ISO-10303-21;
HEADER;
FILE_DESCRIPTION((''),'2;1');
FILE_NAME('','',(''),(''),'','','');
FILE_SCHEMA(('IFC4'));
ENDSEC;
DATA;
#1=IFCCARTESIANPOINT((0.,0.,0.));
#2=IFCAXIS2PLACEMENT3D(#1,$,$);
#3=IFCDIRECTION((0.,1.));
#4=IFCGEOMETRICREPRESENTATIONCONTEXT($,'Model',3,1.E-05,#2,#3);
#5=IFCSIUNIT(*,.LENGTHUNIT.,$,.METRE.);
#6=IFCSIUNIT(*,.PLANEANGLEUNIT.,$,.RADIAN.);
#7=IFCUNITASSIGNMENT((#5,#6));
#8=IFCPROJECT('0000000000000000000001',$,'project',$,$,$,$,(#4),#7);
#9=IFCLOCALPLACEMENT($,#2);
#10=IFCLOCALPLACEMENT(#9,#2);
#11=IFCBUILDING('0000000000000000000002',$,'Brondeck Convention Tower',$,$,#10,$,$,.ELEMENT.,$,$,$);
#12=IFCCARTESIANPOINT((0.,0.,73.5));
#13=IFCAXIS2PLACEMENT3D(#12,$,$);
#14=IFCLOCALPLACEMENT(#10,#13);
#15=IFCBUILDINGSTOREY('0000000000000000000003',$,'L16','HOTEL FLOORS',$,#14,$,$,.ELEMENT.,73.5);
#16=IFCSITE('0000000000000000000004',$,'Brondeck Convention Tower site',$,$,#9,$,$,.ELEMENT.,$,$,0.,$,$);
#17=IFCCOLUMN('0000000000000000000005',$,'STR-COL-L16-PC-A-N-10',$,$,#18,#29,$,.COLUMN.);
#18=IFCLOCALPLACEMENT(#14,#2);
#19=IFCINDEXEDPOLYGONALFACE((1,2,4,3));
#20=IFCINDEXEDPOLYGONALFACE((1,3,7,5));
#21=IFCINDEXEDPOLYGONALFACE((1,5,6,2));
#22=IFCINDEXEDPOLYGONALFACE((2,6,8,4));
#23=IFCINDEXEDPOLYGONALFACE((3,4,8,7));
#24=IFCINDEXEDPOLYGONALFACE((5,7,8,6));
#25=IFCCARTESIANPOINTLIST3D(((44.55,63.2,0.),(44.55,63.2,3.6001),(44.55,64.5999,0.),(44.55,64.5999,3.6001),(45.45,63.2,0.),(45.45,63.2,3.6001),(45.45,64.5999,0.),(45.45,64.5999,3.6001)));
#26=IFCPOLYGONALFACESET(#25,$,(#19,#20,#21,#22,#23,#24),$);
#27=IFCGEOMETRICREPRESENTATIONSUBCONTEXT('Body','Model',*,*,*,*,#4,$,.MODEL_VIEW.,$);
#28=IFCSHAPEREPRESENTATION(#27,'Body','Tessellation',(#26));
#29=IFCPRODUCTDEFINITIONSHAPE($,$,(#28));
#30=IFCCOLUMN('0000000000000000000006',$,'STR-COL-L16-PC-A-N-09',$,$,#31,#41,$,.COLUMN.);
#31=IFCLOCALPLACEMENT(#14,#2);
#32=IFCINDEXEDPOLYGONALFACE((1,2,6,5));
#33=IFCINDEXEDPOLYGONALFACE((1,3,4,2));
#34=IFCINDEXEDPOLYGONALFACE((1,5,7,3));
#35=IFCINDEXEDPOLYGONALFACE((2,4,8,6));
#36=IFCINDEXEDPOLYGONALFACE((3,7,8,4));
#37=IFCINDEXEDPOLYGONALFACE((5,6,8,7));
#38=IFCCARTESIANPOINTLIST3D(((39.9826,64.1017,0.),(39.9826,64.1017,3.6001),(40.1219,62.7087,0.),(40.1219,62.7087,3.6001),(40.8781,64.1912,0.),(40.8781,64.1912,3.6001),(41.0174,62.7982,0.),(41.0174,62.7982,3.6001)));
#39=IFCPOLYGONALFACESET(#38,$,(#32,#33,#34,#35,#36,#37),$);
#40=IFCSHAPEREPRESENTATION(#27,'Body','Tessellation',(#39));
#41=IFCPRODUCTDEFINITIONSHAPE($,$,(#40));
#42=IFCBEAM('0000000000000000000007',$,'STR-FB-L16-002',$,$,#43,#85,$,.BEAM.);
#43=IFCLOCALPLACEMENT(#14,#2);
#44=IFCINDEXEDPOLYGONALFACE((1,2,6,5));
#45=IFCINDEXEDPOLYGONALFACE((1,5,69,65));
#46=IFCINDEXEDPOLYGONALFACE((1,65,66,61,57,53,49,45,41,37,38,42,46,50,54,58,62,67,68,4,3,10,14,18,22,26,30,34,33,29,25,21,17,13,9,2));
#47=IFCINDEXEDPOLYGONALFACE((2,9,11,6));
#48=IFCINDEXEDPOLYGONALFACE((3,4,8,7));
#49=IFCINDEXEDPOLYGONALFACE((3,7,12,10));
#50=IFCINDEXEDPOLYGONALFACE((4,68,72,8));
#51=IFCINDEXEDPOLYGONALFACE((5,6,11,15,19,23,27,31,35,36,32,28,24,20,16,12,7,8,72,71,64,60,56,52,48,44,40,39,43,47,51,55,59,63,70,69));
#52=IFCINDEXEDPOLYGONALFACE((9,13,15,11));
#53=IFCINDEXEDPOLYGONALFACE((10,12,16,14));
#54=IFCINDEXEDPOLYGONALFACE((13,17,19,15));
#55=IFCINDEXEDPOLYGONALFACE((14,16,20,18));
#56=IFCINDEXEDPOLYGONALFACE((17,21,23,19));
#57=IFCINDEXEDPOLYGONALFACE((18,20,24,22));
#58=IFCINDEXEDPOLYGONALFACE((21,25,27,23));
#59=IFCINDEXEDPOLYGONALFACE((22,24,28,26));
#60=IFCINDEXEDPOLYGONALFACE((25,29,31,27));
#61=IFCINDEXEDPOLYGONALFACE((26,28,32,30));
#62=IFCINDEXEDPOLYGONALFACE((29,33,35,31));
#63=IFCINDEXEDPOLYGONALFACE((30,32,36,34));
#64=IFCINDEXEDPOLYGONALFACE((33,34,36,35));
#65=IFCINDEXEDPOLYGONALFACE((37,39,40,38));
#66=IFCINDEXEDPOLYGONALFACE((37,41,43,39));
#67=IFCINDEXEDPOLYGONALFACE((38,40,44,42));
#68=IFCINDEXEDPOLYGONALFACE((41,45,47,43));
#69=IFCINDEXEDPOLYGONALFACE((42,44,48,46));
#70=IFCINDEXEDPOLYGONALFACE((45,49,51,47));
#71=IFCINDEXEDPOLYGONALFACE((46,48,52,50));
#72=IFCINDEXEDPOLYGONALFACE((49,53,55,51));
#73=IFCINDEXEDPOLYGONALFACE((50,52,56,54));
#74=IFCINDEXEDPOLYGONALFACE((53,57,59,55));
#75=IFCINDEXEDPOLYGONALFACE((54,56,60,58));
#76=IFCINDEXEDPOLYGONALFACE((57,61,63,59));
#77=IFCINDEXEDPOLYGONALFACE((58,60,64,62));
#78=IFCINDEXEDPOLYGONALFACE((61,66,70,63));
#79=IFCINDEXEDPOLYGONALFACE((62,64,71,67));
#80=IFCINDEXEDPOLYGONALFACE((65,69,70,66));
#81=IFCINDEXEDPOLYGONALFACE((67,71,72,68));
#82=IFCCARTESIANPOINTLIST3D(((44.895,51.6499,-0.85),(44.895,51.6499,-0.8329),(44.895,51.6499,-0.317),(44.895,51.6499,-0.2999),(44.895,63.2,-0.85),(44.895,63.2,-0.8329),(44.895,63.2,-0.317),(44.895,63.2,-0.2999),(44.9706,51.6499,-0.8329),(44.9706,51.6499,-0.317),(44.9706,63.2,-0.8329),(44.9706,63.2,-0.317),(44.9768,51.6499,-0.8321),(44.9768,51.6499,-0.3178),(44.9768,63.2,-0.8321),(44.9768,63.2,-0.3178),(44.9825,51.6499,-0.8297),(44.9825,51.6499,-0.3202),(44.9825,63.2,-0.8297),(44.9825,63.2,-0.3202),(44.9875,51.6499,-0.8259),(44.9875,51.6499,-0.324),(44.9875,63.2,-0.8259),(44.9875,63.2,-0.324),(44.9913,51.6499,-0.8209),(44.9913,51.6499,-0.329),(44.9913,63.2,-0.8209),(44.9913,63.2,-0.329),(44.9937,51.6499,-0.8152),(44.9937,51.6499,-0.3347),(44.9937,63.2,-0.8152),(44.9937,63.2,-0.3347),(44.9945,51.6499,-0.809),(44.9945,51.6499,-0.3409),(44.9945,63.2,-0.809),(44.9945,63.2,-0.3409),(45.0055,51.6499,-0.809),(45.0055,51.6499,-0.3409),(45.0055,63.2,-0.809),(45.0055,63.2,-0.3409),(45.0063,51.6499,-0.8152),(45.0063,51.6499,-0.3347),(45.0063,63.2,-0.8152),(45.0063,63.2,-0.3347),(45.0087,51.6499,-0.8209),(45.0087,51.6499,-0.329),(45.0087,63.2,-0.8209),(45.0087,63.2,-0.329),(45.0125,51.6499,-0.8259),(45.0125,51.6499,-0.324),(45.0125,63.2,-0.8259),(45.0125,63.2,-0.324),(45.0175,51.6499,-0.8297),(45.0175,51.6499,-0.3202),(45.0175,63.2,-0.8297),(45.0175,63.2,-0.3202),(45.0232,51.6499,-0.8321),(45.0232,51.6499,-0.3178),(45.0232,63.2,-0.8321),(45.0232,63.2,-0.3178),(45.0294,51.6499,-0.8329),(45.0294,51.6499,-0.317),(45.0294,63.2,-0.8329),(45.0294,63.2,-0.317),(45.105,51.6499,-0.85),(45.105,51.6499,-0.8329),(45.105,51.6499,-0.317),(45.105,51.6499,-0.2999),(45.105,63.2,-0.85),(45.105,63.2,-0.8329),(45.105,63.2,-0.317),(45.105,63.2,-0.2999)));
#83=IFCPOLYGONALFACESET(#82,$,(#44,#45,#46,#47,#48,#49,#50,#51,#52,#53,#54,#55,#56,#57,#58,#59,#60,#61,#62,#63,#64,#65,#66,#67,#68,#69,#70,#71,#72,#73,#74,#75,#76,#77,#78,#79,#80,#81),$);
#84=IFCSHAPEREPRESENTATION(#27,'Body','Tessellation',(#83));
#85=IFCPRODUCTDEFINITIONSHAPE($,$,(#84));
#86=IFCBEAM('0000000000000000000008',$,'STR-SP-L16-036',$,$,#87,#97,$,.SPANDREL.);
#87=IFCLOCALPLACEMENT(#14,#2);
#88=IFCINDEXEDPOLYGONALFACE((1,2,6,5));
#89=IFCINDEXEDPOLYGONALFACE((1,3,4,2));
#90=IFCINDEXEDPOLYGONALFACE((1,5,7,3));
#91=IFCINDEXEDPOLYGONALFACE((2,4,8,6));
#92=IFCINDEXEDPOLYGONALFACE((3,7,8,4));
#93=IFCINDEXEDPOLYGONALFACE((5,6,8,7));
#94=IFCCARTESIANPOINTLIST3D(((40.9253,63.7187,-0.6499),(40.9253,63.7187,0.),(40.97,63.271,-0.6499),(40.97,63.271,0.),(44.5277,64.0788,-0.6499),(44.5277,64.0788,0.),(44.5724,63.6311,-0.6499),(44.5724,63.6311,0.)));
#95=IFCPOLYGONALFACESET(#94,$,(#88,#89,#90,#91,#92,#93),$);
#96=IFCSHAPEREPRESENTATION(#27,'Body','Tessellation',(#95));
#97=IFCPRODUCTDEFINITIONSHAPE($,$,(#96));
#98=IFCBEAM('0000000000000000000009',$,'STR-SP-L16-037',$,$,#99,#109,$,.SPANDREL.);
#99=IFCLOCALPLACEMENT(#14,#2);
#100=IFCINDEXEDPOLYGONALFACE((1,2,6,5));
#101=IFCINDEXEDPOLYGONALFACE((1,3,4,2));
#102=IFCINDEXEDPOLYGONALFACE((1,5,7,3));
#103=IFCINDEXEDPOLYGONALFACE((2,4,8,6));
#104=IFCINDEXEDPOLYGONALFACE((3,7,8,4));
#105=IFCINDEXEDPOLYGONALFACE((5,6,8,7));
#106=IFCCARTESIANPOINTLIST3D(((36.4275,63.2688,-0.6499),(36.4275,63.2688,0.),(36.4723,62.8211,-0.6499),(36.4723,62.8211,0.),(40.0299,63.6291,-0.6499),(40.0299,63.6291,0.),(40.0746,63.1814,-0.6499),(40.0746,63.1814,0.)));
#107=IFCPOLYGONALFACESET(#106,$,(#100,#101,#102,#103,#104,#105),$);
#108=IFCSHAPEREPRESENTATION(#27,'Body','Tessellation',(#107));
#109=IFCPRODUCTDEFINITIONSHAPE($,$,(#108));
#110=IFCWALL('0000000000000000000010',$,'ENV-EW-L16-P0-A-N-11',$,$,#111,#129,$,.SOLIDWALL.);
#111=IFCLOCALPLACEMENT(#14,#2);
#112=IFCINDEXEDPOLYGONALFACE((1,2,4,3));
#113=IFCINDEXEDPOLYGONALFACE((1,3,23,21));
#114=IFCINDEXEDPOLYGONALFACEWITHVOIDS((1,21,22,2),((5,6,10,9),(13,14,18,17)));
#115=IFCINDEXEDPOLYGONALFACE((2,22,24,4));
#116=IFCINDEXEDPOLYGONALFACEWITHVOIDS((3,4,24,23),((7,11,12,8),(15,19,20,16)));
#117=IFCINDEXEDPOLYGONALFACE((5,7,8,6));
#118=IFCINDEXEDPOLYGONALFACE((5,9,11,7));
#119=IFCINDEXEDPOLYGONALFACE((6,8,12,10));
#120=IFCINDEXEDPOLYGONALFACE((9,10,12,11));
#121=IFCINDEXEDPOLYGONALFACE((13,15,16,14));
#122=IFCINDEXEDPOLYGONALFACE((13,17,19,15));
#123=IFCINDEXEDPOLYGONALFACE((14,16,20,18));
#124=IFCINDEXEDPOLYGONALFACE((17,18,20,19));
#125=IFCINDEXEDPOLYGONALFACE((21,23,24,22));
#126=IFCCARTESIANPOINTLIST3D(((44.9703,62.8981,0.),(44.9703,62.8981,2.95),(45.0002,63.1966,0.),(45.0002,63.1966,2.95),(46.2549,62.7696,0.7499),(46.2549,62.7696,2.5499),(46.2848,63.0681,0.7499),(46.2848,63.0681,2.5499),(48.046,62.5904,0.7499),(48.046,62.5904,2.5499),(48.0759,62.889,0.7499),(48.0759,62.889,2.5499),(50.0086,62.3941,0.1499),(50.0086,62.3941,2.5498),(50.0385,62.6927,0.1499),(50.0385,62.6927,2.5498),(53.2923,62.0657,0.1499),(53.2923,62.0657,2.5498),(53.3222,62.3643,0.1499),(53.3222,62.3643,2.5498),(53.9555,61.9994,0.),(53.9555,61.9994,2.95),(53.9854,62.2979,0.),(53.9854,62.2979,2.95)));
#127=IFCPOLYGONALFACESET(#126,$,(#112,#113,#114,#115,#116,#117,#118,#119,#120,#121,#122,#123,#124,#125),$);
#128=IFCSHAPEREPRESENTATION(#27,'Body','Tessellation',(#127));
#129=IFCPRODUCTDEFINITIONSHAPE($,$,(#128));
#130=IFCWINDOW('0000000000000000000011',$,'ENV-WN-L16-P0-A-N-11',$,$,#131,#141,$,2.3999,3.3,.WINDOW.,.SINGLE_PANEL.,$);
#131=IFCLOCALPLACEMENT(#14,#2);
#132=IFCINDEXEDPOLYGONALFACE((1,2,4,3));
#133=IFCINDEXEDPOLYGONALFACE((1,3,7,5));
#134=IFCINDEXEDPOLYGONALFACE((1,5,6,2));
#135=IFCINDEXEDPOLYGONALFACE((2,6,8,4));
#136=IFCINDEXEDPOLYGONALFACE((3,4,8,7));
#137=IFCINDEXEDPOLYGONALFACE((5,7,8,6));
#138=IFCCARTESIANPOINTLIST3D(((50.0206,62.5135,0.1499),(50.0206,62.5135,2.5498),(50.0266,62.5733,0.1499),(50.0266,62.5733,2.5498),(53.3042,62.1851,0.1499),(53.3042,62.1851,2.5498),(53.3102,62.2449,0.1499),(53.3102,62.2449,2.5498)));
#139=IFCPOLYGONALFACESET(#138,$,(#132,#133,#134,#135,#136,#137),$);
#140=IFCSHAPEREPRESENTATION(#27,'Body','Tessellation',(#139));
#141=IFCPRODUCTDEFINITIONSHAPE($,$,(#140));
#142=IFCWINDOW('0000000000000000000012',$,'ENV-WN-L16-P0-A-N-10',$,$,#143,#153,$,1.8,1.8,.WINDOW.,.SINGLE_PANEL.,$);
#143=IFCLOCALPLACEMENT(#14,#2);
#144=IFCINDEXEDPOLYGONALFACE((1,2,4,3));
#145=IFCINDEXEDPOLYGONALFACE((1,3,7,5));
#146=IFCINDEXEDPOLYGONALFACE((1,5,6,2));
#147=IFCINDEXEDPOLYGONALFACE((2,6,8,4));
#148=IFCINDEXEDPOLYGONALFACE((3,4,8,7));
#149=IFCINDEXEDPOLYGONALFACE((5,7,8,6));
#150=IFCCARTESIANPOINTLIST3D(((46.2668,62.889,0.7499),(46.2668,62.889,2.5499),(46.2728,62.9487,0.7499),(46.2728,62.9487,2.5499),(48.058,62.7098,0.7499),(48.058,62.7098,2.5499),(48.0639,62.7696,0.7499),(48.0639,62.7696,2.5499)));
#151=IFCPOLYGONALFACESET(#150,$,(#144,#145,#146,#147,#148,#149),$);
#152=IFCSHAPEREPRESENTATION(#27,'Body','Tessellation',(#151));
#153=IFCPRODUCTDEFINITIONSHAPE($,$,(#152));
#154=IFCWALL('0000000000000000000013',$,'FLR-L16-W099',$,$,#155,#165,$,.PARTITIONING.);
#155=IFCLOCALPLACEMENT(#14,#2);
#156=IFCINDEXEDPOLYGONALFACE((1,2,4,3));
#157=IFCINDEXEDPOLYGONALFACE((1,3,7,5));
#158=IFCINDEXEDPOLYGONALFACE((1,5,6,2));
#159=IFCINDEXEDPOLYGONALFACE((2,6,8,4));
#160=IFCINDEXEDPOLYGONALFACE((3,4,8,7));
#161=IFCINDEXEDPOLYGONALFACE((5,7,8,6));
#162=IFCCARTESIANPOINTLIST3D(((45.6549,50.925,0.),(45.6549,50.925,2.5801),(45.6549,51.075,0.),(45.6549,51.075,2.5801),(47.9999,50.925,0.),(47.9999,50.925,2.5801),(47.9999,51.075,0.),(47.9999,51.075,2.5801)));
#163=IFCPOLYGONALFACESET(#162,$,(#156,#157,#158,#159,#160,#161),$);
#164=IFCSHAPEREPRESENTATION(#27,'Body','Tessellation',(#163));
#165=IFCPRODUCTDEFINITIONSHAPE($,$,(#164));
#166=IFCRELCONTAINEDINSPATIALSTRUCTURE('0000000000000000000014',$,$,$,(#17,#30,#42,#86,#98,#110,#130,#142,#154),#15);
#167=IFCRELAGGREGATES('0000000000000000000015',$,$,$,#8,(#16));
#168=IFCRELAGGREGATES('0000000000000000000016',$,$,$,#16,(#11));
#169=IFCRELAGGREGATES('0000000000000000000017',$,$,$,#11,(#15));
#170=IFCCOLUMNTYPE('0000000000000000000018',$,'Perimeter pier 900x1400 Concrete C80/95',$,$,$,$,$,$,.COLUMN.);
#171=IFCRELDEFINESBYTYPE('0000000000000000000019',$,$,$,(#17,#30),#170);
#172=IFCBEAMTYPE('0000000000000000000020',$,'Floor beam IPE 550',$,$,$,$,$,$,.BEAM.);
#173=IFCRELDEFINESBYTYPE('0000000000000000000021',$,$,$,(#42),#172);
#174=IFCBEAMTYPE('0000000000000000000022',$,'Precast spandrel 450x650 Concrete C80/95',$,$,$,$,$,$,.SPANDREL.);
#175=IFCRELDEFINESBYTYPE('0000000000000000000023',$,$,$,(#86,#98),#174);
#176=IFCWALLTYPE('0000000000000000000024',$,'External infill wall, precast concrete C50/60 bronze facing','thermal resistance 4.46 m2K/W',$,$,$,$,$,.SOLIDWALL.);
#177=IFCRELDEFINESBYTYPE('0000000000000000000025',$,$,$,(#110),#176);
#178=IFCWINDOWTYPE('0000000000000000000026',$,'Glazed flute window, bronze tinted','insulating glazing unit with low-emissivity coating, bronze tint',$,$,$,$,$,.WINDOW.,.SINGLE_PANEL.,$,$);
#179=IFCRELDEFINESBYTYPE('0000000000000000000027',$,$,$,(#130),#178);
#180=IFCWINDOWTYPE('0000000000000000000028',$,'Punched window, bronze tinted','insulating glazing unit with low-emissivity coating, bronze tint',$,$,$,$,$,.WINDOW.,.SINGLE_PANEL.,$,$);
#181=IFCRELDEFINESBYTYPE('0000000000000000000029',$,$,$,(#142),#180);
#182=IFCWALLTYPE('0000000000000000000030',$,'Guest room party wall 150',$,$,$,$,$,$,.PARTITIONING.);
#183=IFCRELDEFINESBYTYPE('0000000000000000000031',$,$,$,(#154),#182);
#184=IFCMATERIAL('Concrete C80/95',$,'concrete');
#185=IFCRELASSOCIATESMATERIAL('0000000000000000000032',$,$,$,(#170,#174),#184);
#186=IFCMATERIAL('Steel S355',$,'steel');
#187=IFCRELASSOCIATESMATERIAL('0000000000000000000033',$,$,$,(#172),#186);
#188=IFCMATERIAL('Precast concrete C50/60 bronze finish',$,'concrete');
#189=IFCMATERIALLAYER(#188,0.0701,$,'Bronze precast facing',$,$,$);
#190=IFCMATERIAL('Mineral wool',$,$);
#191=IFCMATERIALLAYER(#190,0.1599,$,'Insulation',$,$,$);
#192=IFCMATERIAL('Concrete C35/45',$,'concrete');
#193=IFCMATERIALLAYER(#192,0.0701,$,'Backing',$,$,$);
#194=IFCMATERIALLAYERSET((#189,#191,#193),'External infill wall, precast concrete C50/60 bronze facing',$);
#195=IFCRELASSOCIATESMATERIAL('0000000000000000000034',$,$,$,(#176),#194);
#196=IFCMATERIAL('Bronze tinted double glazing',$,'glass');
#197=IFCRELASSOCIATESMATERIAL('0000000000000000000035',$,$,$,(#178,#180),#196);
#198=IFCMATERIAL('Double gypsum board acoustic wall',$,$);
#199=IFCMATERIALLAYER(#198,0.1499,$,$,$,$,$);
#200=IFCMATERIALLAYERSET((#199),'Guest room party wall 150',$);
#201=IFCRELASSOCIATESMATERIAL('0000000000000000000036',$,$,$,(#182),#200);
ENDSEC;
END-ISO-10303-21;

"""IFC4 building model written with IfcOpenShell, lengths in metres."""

from ifc_helpers import new_model, si_unit, direction, frame, frame_2d, origin, origin_2d, place, context, subcontext, project, spatial, rectangle, i_section, extrude, material, layer, layer_set, material_profile, profile_set, type_object, element, fill, save


model = new_model("IFC4")

# Units and contexts
model_context = context("Model", 3, precision=1e-05, world=origin(), true_north=direction((0.0, 1.0)))
body_context = subcontext(model_context, "Body", "Model", "MODEL_VIEW")
ifc_project = project(units=[si_unit("LENGTHUNIT", "METRE"), si_unit("PLANEANGLEUNIT", "RADIAN")], contexts=[model_context])

# Site, building, storey
site_placement = place(None, origin())
site = spatial("IfcSite", under=ifc_project, at=site_placement, Name="Brondeck Convention Tower site", CompositionType="ELEMENT", RefElevation=0.0)
building_placement = place(site_placement, origin())
building = spatial("IfcBuilding", under=site, at=building_placement, Name="Brondeck Convention Tower", CompositionType="ELEMENT")
storey_placement = place(building_placement, frame((0.0, 0.0, 73.5)))
storey = spatial("IfcBuildingStorey", under=building, at=storey_placement, Name="L16", Description="HOTEL FLOORS", CompositionType="ELEMENT", Elevation=73.5)

# Columns
ifc_material_1 = material(Name="Concrete C80/95", Category="concrete")
ifc_material_profile_1 = material_profile(ifc_material_1, rectangle(XDim=0.8999, YDim=1.3999, at=origin_2d()), Name="Perimeter pier 900x1400 Concrete C80/95")
ifc_profile_set_1 = profile_set([ifc_material_profile_1], Name="Concrete C80/95")
column_type = type_object("IfcColumnType", Name="Perimeter pier 900x1400 Concrete C80/95", PredefinedType="COLUMN", material=ifc_profile_set_1)
for number, where, z_axis, x_axis, name in (
    (1, (45.0, 63.8999, 0.0), (0.0, 0.0, 1.0), (-1.0, 0.0, 0.0), "STR-COL-L16-PC-A-N-10"),
    (2, (40.5, 63.45, 0.0), (0.0, 0.0, 1.0), (-0.995037, -0.099504, 0.0), "STR-COL-L16-PC-A-N-09"),
):
    element("IfcColumn", number, at=place(storey_placement, frame(where, z_axis=z_axis, x_axis=x_axis)), inside=storey, type_object=column_type, Name=name, PredefinedType="COLUMN", context=body_context, shape_type="SweptSolid", body=[
        extrude(rectangle(XDim=0.8999, YDim=1.3999, at=origin_2d()), origin(), (0.0, 0.0, 1.0), 3.6001),
    ])

# Beams
ifc_material_2 = material(Name="Steel S355", Category="steel")
ifc_material_profile_2 = material_profile(ifc_material_2, i_section(OverallWidth=0.21, OverallDepth=0.55, WebThickness=0.011, FlangeThickness=0.0171, FilletRadius=0.0239, at=origin_2d()), Name="IPE 550")
ifc_profile_set_2 = profile_set([ifc_material_profile_2], Name="Steel S355")
beam_type_1 = type_object("IfcBeamType", Name="Floor beam IPE 550", PredefinedType="BEAM", material=ifc_profile_set_2)
beam_placement = place(storey_placement, frame((45.0, 51.6499, -0.575), z_axis=(0.0, 1.0, 0.0), x_axis=(-1.0, 0.0, 0.0)))
element("IfcBeam", 3, at=beam_placement, inside=storey, type_object=beam_type_1, Name="STR-FB-L16-002", PredefinedType="BEAM", context=body_context, shape_type="SweptSolid", body=[
    extrude(i_section(OverallWidth=0.21, OverallDepth=0.55, WebThickness=0.011, FlangeThickness=0.0171, FilletRadius=0.0239, at=origin_2d()), origin(), (0.0, 0.0, 1.0), 11.55),
])
ifc_material_profile_3 = material_profile(ifc_material_1, rectangle(XDim=0.45, YDim=0.6499, at=origin_2d()), Name="Precast spandrel 450x650 Concrete C80/95")
ifc_profile_set_3 = profile_set([ifc_material_profile_3], Name="Concrete C80/95")
beam_type_2 = type_object("IfcBeamType", Name="Precast spandrel 450x650 Concrete C80/95", PredefinedType="SPANDREL", material=ifc_profile_set_3)
for number, where, z_axis, x_axis, name in (
    (4, (44.55, 63.855, -0.325), (-0.995041, -0.09947, 0.0), (0.09947, -0.995041, 0.0), "STR-SP-L16-036"),
    (5, (40.0522, 63.4053, -0.325), (-0.995034, -0.099537, 0.0), (0.099537, -0.995034, 0.0), "STR-SP-L16-037"),
):
    element("IfcBeam", number, at=place(storey_placement, frame(where, z_axis=z_axis, x_axis=x_axis)), inside=storey, type_object=beam_type_2, Name=name, PredefinedType="SPANDREL", context=body_context, shape_type="SweptSolid", body=[
        extrude(rectangle(XDim=0.45, YDim=0.6499, at=origin_2d()), origin(), (0.0, 0.0, 1.0), 3.6204),
    ])

# Wall, openings, windows
ifc_material_3 = material(Name="Precast concrete C50/60 bronze finish", Category="concrete")
ifc_layer_1 = layer(ifc_material_3, 0.0701, Name="Bronze precast facing")
ifc_material_4 = material(Name="Mineral wool")
ifc_layer_2 = layer(ifc_material_4, 0.1599, Name="Insulation")
ifc_material_5 = material(Name="Concrete C35/45", Category="concrete")
ifc_layer_3 = layer(ifc_material_5, 0.0701, Name="Backing")
ifc_layer_set_1 = layer_set([ifc_layer_1, ifc_layer_2, ifc_layer_3], Name="External infill wall, precast concrete C50/60 bronze facing")
wall_type_1 = type_object("IfcWallType", Name="External infill wall, precast concrete C50/60 bronze facing", Description="thermal resistance 4.46 m2K/W", PredefinedType="SOLIDWALL", material=ifc_layer_set_1)
wall_1_placement = place(storey_placement, frame((44.9851, 63.0474, 0.0), z_axis=(0.0, 0.0, 1.0), x_axis=(0.995035, -0.099522, 0.0)))
wall_1 = element("IfcWall", 6, at=wall_1_placement, inside=storey, type_object=wall_type_1, Name="ENV-EW-L16-P0-A-N-11", PredefinedType="SOLIDWALL", context=body_context, shape_type="SweptSolid", body=[
    extrude(rectangle(XDim=9.03, YDim=0.3, at=frame_2d((4.5151, 0.0))), origin(), (0.0, 0.0, 1.0), 2.95),
])
opening_1_placement = place(wall_1_placement, frame((1.2913, 0.0, 0.75)))
opening_1 = element("IfcOpeningElement", 7, at=opening_1_placement, cuts=wall_1, PredefinedType="OPENING", context=body_context, shape_type="SweptSolid", body=[
    extrude(rectangle(XDim=1.8, YDim=1.8, at=frame_2d((0.8999, 0.8999))), frame((0.0, 0.1599, 0.0), z_axis=(0.0, -1.0, 0.0), x_axis=(1.0, 0.0, 0.0)), (0.0, 0.0, 1.0), 0.3201),
])
opening_2_placement = place(wall_1_placement, frame((5.0637, 0.0, 0.1499)))
opening_2 = element("IfcOpeningElement", 8, at=opening_2_placement, cuts=wall_1, PredefinedType="OPENING", context=body_context, shape_type="SweptSolid", body=[
    extrude(rectangle(XDim=3.3, YDim=2.3999, at=frame_2d((1.6499, 1.2))), frame((0.0, 0.1599, 0.0), z_axis=(0.0, -1.0, 0.0), x_axis=(1.0, 0.0, 0.0)), (0.0, 0.0, 1.0), 0.3201),
])
ifc_material_6 = material(Name="Bronze tinted double glazing", Category="glass")
window_type_1 = type_object("IfcWindowType", Name="Glazed flute window, bronze tinted", Description="insulating glazing unit with low-emissivity coating, bronze tint", PartitioningType="SINGLE_PANEL", PredefinedType="WINDOW", material=ifc_material_6)
window_1_placement = place(opening_2_placement, origin())
window_1 = element("IfcWindow", 9, at=window_1_placement, inside=storey, type_object=window_type_1, Name="ENV-WN-L16-P0-A-N-11", OverallHeight=2.3999, OverallWidth=3.3, PartitioningType="SINGLE_PANEL", PredefinedType="WINDOW", context=body_context, shape_type="SweptSolid", body=[
    extrude(rectangle(XDim=3.3, YDim=2.3999, at=frame_2d((1.6499, 1.2))), frame((0.0, 0.03, 0.0), z_axis=(0.0, -1.0, 0.0), x_axis=(1.0, 0.0, 0.0)), (0.0, 0.0, 1.0), 0.0601),
])
fill(opening_2, window_1)
window_type_2 = type_object("IfcWindowType", Name="Punched window, bronze tinted", Description="insulating glazing unit with low-emissivity coating, bronze tint", PartitioningType="SINGLE_PANEL", PredefinedType="WINDOW", material=ifc_material_6)
window_2_placement = place(opening_1_placement, origin())
window_2 = element("IfcWindow", 10, at=window_2_placement, inside=storey, type_object=window_type_2, Name="ENV-WN-L16-P0-A-N-10", OverallHeight=1.8, OverallWidth=1.8, PartitioningType="SINGLE_PANEL", PredefinedType="WINDOW", context=body_context, shape_type="SweptSolid", body=[
    extrude(rectangle(XDim=1.8, YDim=1.8, at=frame_2d((0.8999, 0.8999))), frame((0.0, 0.03, 0.0), z_axis=(0.0, -1.0, 0.0), x_axis=(1.0, 0.0, 0.0)), (0.0, 0.0, 1.0), 0.0601),
])
fill(opening_1, window_2)

# Wall
ifc_material_7 = material(Name="Double gypsum board acoustic wall")
ifc_layer_4 = layer(ifc_material_7, 0.1499)
ifc_layer_set_2 = layer_set([ifc_layer_4], Name="Guest room party wall 150")
wall_type_2 = type_object("IfcWallType", Name="Guest room party wall 150", PredefinedType="PARTITIONING", material=ifc_layer_set_2)
wall_2_placement = place(storey_placement, frame((45.655, 51.0, 0.0), z_axis=(0.0, 0.0, 1.0), x_axis=(1.0, 0.0, 0.0)))
element("IfcWall", 11, at=wall_2_placement, inside=storey, type_object=wall_type_2, Name="FLR-L16-W099", PredefinedType="PARTITIONING", context=body_context, shape_type="SweptSolid", body=[
    extrude(rectangle(XDim=2.345, YDim=0.1499, at=frame_2d((1.1724, 0.0))), origin(), (0.0, 0.0, 1.0), 2.5801),
])

save(model, "model.ifc")
